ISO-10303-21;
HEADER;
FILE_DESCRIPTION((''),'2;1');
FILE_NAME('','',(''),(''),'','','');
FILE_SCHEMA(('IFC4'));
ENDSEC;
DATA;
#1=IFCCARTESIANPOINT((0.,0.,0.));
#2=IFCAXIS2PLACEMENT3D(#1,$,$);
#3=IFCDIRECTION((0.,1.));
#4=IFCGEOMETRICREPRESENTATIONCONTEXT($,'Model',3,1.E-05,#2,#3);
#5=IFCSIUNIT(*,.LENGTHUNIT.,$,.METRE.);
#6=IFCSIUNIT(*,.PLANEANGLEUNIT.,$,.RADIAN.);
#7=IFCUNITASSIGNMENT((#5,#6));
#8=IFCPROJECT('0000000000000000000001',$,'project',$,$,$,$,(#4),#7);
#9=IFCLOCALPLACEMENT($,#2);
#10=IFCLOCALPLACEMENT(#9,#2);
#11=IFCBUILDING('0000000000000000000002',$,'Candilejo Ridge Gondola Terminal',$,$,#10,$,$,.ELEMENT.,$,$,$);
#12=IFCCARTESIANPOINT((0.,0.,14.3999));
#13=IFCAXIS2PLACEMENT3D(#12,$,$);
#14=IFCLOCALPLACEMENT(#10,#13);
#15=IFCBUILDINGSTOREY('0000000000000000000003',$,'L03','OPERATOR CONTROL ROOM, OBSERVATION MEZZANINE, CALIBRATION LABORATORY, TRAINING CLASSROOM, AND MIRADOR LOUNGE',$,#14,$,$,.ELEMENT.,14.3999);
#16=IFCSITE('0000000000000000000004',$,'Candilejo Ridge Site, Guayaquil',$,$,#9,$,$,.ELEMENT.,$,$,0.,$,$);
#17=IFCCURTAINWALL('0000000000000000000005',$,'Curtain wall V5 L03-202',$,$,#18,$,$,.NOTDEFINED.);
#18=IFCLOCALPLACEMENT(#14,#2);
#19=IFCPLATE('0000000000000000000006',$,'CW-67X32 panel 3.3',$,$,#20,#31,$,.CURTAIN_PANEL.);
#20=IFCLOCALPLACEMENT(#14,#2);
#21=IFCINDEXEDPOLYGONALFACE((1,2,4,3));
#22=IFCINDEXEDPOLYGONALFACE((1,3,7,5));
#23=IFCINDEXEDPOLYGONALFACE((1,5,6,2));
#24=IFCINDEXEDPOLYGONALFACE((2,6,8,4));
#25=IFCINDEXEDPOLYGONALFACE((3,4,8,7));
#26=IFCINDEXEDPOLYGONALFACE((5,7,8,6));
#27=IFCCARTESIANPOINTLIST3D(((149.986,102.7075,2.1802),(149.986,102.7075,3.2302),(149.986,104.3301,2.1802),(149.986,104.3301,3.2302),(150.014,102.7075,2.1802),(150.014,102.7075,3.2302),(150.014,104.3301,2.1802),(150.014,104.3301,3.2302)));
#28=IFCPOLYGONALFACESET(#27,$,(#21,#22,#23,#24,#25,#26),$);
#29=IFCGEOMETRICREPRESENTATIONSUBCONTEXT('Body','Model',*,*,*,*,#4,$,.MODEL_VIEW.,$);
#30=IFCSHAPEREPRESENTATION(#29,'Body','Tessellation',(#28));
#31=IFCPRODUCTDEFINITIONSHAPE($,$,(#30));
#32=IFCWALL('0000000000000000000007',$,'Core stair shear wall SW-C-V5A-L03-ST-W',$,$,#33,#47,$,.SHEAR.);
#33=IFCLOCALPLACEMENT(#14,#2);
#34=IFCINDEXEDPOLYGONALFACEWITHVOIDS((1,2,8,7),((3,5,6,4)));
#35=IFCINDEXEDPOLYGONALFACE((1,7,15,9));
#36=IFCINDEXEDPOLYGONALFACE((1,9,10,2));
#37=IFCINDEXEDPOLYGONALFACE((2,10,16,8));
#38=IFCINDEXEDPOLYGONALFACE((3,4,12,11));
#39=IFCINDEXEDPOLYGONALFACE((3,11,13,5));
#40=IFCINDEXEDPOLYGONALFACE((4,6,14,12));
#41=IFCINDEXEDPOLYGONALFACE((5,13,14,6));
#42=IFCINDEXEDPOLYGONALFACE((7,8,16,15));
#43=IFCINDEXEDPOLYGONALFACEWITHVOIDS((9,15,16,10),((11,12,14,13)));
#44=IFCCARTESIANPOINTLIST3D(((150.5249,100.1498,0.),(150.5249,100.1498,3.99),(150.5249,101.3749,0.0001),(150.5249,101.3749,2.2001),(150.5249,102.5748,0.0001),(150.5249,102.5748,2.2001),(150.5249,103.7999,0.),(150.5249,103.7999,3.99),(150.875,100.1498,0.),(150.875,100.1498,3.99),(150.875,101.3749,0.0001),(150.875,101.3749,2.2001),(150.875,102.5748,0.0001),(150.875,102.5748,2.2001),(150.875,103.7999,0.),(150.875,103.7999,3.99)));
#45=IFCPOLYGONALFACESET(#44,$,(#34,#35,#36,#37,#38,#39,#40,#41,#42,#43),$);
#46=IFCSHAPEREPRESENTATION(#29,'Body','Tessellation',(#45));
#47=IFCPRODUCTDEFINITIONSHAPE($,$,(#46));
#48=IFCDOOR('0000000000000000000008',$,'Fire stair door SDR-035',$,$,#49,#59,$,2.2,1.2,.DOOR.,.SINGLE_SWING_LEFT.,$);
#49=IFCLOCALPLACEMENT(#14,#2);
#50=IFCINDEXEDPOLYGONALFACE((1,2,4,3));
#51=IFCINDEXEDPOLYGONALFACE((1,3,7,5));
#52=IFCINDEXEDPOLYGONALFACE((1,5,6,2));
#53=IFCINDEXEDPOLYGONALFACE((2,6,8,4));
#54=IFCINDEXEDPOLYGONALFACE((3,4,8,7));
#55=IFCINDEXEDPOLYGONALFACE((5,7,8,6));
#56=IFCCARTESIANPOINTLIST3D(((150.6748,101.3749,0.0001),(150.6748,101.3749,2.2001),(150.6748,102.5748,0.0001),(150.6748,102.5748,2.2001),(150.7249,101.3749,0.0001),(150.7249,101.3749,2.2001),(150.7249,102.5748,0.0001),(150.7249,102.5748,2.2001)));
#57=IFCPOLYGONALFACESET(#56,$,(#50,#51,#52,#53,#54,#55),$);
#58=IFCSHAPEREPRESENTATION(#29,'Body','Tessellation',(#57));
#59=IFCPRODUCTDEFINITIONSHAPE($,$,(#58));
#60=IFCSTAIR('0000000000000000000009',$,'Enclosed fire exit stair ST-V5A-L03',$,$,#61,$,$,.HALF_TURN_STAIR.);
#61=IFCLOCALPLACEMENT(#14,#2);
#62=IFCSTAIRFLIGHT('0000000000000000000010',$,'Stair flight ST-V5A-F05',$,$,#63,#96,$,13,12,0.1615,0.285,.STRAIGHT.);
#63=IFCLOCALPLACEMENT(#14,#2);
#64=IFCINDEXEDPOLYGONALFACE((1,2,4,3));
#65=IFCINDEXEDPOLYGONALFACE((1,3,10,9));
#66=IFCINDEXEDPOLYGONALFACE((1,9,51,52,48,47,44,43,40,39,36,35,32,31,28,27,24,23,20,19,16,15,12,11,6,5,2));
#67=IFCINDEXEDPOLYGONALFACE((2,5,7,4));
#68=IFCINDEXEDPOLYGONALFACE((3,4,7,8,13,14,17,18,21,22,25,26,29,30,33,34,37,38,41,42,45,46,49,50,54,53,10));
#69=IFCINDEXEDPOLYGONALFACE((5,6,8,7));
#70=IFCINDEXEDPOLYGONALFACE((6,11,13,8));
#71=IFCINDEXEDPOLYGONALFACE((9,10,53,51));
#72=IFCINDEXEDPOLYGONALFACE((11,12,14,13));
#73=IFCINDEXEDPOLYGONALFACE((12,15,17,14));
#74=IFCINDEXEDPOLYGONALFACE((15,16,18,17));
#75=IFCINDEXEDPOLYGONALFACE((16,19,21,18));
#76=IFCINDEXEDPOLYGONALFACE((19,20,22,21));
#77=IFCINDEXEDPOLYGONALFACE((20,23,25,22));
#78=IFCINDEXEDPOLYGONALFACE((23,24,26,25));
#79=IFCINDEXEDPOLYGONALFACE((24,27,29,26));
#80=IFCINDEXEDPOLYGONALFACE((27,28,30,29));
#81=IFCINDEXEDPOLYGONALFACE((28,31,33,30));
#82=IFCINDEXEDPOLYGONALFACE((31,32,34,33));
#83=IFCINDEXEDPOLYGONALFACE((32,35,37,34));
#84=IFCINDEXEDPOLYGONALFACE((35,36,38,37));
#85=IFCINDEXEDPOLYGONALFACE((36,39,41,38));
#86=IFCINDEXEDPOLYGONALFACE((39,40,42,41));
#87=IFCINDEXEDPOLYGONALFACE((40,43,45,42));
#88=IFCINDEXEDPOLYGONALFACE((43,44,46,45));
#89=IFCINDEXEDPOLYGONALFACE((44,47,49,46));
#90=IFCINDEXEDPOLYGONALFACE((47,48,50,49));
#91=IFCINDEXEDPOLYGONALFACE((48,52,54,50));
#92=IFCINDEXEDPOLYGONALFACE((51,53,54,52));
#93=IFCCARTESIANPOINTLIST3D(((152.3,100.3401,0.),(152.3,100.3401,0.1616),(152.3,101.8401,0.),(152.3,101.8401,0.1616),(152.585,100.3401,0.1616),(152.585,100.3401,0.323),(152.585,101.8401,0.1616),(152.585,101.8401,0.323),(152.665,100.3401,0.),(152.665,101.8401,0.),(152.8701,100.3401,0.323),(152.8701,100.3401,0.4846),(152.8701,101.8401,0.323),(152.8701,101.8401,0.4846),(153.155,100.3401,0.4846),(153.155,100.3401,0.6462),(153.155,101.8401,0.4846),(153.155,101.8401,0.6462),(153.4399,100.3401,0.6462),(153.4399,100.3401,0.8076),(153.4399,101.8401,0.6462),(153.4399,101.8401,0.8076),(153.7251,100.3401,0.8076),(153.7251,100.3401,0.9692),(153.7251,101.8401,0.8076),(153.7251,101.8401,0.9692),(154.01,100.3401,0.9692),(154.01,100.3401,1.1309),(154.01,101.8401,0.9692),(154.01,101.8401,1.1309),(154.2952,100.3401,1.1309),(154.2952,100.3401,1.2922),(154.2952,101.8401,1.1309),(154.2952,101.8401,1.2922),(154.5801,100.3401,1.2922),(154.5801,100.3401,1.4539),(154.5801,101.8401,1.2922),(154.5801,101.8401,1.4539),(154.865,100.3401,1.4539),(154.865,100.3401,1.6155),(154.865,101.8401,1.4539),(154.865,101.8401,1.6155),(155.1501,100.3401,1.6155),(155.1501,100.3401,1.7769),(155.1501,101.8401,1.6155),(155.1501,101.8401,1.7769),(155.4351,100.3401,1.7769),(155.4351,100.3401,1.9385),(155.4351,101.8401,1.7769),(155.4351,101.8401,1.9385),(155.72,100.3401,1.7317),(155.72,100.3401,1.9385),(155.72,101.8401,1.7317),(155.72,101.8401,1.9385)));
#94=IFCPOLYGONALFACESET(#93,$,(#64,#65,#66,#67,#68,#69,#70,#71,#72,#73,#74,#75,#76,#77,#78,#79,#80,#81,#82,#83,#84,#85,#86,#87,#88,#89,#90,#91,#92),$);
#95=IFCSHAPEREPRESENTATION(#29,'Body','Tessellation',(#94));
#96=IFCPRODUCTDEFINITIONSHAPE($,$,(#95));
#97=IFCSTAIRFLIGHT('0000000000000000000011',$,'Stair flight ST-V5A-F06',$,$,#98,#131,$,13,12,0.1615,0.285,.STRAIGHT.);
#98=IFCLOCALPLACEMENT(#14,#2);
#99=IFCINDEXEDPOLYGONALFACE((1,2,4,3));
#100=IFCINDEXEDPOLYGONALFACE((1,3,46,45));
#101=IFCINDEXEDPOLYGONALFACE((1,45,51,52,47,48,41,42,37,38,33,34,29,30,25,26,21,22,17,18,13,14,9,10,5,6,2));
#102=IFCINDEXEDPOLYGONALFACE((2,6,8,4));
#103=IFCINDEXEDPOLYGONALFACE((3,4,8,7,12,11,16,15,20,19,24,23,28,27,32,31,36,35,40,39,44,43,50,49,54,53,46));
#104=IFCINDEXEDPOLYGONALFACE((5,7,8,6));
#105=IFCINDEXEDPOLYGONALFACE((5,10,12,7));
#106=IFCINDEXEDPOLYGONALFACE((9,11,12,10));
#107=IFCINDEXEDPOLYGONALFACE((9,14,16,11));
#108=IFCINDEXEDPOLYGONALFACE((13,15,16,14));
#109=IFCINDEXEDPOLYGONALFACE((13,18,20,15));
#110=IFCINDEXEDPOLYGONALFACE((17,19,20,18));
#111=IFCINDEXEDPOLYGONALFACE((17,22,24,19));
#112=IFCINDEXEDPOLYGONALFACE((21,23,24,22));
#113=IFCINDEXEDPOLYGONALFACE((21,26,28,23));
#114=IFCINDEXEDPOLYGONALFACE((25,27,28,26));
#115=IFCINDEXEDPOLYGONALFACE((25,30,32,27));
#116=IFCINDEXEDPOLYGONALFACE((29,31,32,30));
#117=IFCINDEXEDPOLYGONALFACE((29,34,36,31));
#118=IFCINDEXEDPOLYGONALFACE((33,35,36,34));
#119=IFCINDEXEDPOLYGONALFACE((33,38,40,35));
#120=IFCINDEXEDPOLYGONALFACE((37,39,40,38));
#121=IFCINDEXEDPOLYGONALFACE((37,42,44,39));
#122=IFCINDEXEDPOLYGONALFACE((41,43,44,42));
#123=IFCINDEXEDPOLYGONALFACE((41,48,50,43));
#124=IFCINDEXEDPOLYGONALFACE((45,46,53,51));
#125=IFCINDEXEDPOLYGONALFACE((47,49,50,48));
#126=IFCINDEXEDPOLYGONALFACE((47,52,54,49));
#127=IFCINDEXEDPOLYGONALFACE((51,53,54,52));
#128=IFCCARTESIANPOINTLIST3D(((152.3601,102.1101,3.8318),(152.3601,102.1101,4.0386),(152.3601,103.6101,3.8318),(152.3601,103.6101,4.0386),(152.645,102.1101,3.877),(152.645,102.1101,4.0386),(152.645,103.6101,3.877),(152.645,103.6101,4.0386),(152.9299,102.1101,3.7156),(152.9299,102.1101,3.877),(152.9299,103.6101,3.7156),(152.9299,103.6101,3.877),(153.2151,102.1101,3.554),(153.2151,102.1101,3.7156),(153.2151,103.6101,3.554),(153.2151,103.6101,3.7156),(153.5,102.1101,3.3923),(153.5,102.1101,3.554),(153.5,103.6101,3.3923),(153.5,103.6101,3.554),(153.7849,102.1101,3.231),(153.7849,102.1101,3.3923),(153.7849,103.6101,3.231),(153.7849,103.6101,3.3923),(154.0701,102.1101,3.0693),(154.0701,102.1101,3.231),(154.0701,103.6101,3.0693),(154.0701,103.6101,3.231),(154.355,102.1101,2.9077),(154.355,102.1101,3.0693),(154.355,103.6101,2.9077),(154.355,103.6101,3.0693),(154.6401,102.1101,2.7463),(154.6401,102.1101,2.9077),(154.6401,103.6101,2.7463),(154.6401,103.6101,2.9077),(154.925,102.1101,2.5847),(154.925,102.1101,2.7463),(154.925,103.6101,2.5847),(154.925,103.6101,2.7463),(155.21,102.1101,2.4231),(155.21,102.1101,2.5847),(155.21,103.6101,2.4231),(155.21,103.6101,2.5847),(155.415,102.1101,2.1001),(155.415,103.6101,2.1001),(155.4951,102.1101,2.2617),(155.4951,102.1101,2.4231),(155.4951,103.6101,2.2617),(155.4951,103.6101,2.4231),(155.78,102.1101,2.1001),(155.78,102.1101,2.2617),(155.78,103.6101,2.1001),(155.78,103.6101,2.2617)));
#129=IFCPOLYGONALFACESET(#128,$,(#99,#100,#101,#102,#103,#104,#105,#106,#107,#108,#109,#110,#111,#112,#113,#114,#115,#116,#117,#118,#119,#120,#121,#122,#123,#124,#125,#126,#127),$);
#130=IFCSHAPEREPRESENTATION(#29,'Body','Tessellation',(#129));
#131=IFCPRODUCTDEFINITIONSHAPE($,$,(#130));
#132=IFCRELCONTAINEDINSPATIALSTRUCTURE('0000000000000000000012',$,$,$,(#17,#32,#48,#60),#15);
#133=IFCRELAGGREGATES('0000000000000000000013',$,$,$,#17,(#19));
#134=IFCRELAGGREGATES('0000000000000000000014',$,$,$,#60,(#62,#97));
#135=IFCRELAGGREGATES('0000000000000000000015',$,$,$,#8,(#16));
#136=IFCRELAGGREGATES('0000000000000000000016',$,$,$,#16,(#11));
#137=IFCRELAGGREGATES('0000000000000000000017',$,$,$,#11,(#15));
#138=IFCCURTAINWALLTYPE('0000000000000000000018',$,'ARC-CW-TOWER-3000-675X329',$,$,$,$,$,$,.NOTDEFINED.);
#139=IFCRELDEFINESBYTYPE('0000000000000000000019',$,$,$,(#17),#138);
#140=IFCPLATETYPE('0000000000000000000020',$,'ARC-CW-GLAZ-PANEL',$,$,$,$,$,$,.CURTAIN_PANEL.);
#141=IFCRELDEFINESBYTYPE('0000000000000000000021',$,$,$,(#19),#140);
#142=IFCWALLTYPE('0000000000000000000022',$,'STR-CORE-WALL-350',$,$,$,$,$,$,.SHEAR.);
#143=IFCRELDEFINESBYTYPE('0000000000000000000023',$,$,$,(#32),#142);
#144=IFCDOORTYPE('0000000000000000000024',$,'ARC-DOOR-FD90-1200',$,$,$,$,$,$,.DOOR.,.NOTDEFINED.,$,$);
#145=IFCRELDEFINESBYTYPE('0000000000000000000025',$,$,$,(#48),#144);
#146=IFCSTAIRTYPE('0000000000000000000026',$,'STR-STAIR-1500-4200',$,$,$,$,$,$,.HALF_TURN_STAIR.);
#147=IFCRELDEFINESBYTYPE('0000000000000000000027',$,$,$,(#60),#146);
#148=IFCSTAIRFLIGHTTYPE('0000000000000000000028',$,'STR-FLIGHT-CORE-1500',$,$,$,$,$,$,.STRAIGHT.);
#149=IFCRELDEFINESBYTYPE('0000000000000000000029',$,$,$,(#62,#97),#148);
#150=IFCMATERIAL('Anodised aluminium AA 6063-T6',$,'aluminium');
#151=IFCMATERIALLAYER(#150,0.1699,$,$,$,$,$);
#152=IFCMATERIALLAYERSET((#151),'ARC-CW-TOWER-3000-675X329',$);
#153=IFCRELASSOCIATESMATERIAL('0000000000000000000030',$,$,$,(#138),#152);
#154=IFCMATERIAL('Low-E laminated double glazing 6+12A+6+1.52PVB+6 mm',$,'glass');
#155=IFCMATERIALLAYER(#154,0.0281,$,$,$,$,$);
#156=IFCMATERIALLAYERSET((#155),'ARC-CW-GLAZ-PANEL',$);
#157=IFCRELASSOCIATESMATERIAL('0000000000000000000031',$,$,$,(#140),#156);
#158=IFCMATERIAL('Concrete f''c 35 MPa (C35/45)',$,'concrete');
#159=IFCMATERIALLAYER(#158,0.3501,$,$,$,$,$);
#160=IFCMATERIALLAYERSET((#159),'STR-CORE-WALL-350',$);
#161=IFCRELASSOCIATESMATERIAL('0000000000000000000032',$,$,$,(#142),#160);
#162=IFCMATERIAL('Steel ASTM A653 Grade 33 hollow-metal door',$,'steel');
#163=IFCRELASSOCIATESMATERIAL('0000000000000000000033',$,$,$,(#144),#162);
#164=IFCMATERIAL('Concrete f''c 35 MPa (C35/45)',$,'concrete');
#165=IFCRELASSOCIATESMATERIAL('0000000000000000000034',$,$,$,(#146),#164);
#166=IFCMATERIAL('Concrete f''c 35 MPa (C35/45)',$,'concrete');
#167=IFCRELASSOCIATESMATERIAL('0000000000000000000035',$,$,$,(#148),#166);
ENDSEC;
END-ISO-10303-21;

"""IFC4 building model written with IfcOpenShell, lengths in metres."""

from ifc_helpers import new_model, si_unit, direction, frame, frame_2d, origin, origin_2d, place, context, subcontext, project, spatial, polyline, rectangle, outline, extrude, material, layer, layer_set, type_object, element, fill, aggregate, save


model = new_model("IFC4")

# Units and contexts
model_context = context("Model", 3, precision=1e-05, world=origin(), true_north=direction((0.0, 1.0)))
body_context = subcontext(model_context, "Body", "Model", "MODEL_VIEW")
ifc_project = project(units=[si_unit("LENGTHUNIT", "METRE"), si_unit("PLANEANGLEUNIT", "RADIAN")], contexts=[model_context])

# Site, building, storey
site_placement = place(None, origin())
site = spatial("IfcSite", under=ifc_project, at=site_placement, Name="Candilejo Ridge Site, Guayaquil", CompositionType="ELEMENT", RefElevation=0.0)
building_placement = place(site_placement, origin())
building = spatial("IfcBuilding", under=site, at=building_placement, Name="Candilejo Ridge Gondola Terminal", CompositionType="ELEMENT")
storey_placement = place(building_placement, frame((0.0, 0.0, 14.3999)))
storey = spatial("IfcBuildingStorey", under=building, at=storey_placement, Name="L03", Description="OPERATOR CONTROL ROOM, OBSERVATION MEZZANINE, CALIBRATION LABORATORY, TRAINING CLASSROOM, AND MIRADOR LOUNGE", CompositionType="ELEMENT", Elevation=14.3999)

# Curtain wall, plate
ifc_material_1 = material(Name="Anodised aluminium AA 6063-T6", Category="aluminium")
ifc_layer_1 = layer(ifc_material_1, 0.1699)
ifc_layer_set_1 = layer_set([ifc_layer_1], Name="ARC-CW-TOWER-3000-675X329")
curtain_wall_type = type_object("IfcCurtainWallType", Name="ARC-CW-TOWER-3000-675X329", PredefinedType="NOTDEFINED", material=ifc_layer_set_1)
curtain_wall_placement = place(storey_placement, origin())
curtain_wall = element("IfcCurtainWall", 1, at=curtain_wall_placement, inside=storey, type_object=curtain_wall_type, Name="Curtain wall V5 L03-202", PredefinedType="NOTDEFINED")
ifc_material_2 = material(Name="Low-E laminated double glazing 6+12A+6+1.52PVB+6 mm", Category="glass")
ifc_layer_2 = layer(ifc_material_2, 0.0281)
ifc_layer_set_2 = layer_set([ifc_layer_2], Name="ARC-CW-GLAZ-PANEL")
plate_type = type_object("IfcPlateType", Name="ARC-CW-GLAZ-PANEL", PredefinedType="CURTAIN_PANEL", material=ifc_layer_set_2)
plate_1_placement = place(storey_placement, frame((150.0, 103.5188, 2.1802), z_axis=(0.0, 0.0, 1.0), x_axis=(0.0, 1.0, 0.0)))
plate_1 = element("IfcPlate", 2, at=plate_1_placement, type_object=plate_type, Name="CW-67X32 panel 3.3", PredefinedType="CURTAIN_PANEL", context=body_context, shape_type="SweptSolid", body=[
    extrude(rectangle(XDim=1.6226, YDim=0.0281, at=origin_2d()), origin(), (0.0, 0.0, 1.0), 1.05),
])
aggregate(curtain_wall, [plate_1])

# Wall, opening, door
ifc_material_3 = material(Name="Concrete f'c 35 MPa (C35/45)", Category="concrete")
ifc_layer_3 = layer(ifc_material_3, 0.3501)
ifc_layer_set_3 = layer_set([ifc_layer_3], Name="STR-CORE-WALL-350")
wall_type = type_object("IfcWallType", Name="STR-CORE-WALL-350", PredefinedType="SHEAR", material=ifc_layer_set_3)
wall_placement = place(storey_placement, frame((150.7, 103.8, 0.0), z_axis=(0.0, 0.0, 1.0), x_axis=(0.0, -1.0, 0.0)))
wall = element("IfcWall", 3, at=wall_placement, inside=storey, type_object=wall_type, Name="Core stair shear wall SW-C-V5A-L03-ST-W", PredefinedType="SHEAR", context=body_context, shape_type="SweptSolid", body=[
    extrude(rectangle(XDim=3.6501, YDim=0.3501, at=frame_2d((1.8252, 0.0))), origin(), (0.0, 0.0, 1.0), 3.99),
])
opening_placement = place(wall_placement, frame((1.2251, 0.0, 0.0)))
opening = element("IfcOpeningElement", 4, at=opening_placement, cuts=wall, PredefinedType="OPENING", context=body_context, shape_type="SweptSolid", body=[
    extrude(rectangle(XDim=1.2, YDim=2.2, at=frame_2d((0.6001, 1.1001))), frame((0.0, 0.1851, 0.0), z_axis=(0.0, -1.0, 0.0), x_axis=(1.0, 0.0, 0.0)), (0.0, 0.0, 1.0), 0.3701),
])
ifc_material_4 = material(Name="Steel ASTM A653 Grade 33 hollow-metal door", Category="steel")
door_type = type_object("IfcDoorType", Name="ARC-DOOR-FD90-1200", OperationType="NOTDEFINED", PredefinedType="DOOR", material=ifc_material_4)
door_placement = place(opening_placement, origin())
door = element("IfcDoor", 5, at=door_placement, inside=storey, type_object=door_type, Name="Fire stair door SDR-035", OperationType="SINGLE_SWING_LEFT", OverallHeight=2.2, OverallWidth=1.2, PredefinedType="DOOR", context=body_context, shape_type="SweptSolid", body=[
    extrude(rectangle(XDim=1.2, YDim=2.2, at=frame_2d((0.6001, 1.1001))), frame((0.0, 0.0249, 0.0), z_axis=(0.0, -1.0, 0.0), x_axis=(1.0, 0.0, 0.0)), (0.0, 0.0, 1.0), 0.05),
])
fill(opening, door)

# Stair, stair flights
ifc_material_5 = material(Name="Concrete f'c 35 MPa (C35/45)", Category="concrete")
stair_type = type_object("IfcStairType", Name="STR-STAIR-1500-4200", PredefinedType="HALF_TURN_STAIR", material=ifc_material_5)
stair_placement = place(storey_placement, origin())
stair = element("IfcStair", 6, at=stair_placement, inside=storey, type_object=stair_type, Name="Enclosed fire exit stair ST-V5A-L03", PredefinedType="HALF_TURN_STAIR")
ifc_material_6 = material(Name="Concrete f'c 35 MPa (C35/45)", Category="concrete")
stair_flight_type = type_object("IfcStairFlightType", Name="STR-FLIGHT-CORE-1500", PredefinedType="STRAIGHT", material=ifc_material_6)
stair_flight_1_placement = place(storey_placement, frame((152.3, 101.0901, 0.0), z_axis=(0.0, 0.0, 1.0), x_axis=(1.0, 0.0, 0.0)))
stair_flight_1 = element("IfcStairFlight", 7, at=stair_flight_1_placement, type_object=stair_flight_type, Name="Stair flight ST-V5A-F05", NumberOfRisers=13, NumberOfTreads=12, PredefinedType="STRAIGHT", RiserHeight=0.1615, TreadLength=0.285, context=body_context, shape_type="SweptSolid", body=[
    extrude(outline(polyline([(0.0, 0.0), (0.0, 0.1616), (0.2849, 0.1616), (0.2849, 0.323), (0.5701, 0.323), (0.5701, 0.4846), (0.855, 0.4846), (0.855, 0.6462), (1.1399, 0.6462), (1.1399, 0.8076), (1.425, 0.8076), (1.425, 0.9692), (1.71, 0.9692), (1.71, 1.1309), (1.9951, 1.1309), (1.9951, 1.2922), (2.28, 1.2922), (2.28, 1.4539), (2.5649, 1.4539), (2.5649, 1.6155), (2.8501, 1.6155), (2.8501, 1.7769), (3.135, 1.7769), (3.135, 1.9385), (3.4199, 1.9385), (3.4199, 2.1001), (3.4199, 1.7317), (0.365, 0.0), (0.0, 0.0)])), frame((0.0, 0.75, 0.0), z_axis=(0.0, -1.0, 0.0), x_axis=(1.0, 0.0, 0.0)), (0.0, 0.0, 1.0), 1.5),
])
stair_flight_2_placement = place(storey_placement, frame((155.78, 102.8601, 2.1001), z_axis=(0.0, 0.0, 1.0), x_axis=(-1.0, 0.0, 0.0)))
stair_flight_2 = element("IfcStairFlight", 8, at=stair_flight_2_placement, type_object=stair_flight_type, Name="Stair flight ST-V5A-F06", NumberOfRisers=13, NumberOfTreads=12, PredefinedType="STRAIGHT", RiserHeight=0.1615, TreadLength=0.285, context=body_context, shape_type="SweptSolid", body=[
    extrude(outline(polyline([(0.0, 0.0), (0.0, 0.1616), (0.2849, 0.1616), (0.2849, 0.323), (0.5701, 0.323), (0.5701, 0.4846), (0.855, 0.4846), (0.855, 0.6462), (1.1399, 0.6462), (1.1399, 0.8076), (1.425, 0.8076), (1.425, 0.9692), (1.71, 0.9692), (1.71, 1.1309), (1.9951, 1.1309), (1.9951, 1.2922), (2.28, 1.2922), (2.28, 1.4539), (2.5649, 1.4539), (2.5649, 1.6155), (2.8501, 1.6155), (2.8501, 1.7769), (3.135, 1.7769), (3.135, 1.9385), (3.4199, 1.9385), (3.4199, 2.1001), (3.4199, 1.7317), (0.365, 0.0), (0.0, 0.0)])), frame((0.0, 0.75, 0.0), z_axis=(0.0, -1.0, 0.0), x_axis=(1.0, 0.0, 0.0)), (0.0, 0.0, 1.0), 1.5),
])
aggregate(stair, [stair_flight_1, stair_flight_2])

save(model, "model.ifc")
